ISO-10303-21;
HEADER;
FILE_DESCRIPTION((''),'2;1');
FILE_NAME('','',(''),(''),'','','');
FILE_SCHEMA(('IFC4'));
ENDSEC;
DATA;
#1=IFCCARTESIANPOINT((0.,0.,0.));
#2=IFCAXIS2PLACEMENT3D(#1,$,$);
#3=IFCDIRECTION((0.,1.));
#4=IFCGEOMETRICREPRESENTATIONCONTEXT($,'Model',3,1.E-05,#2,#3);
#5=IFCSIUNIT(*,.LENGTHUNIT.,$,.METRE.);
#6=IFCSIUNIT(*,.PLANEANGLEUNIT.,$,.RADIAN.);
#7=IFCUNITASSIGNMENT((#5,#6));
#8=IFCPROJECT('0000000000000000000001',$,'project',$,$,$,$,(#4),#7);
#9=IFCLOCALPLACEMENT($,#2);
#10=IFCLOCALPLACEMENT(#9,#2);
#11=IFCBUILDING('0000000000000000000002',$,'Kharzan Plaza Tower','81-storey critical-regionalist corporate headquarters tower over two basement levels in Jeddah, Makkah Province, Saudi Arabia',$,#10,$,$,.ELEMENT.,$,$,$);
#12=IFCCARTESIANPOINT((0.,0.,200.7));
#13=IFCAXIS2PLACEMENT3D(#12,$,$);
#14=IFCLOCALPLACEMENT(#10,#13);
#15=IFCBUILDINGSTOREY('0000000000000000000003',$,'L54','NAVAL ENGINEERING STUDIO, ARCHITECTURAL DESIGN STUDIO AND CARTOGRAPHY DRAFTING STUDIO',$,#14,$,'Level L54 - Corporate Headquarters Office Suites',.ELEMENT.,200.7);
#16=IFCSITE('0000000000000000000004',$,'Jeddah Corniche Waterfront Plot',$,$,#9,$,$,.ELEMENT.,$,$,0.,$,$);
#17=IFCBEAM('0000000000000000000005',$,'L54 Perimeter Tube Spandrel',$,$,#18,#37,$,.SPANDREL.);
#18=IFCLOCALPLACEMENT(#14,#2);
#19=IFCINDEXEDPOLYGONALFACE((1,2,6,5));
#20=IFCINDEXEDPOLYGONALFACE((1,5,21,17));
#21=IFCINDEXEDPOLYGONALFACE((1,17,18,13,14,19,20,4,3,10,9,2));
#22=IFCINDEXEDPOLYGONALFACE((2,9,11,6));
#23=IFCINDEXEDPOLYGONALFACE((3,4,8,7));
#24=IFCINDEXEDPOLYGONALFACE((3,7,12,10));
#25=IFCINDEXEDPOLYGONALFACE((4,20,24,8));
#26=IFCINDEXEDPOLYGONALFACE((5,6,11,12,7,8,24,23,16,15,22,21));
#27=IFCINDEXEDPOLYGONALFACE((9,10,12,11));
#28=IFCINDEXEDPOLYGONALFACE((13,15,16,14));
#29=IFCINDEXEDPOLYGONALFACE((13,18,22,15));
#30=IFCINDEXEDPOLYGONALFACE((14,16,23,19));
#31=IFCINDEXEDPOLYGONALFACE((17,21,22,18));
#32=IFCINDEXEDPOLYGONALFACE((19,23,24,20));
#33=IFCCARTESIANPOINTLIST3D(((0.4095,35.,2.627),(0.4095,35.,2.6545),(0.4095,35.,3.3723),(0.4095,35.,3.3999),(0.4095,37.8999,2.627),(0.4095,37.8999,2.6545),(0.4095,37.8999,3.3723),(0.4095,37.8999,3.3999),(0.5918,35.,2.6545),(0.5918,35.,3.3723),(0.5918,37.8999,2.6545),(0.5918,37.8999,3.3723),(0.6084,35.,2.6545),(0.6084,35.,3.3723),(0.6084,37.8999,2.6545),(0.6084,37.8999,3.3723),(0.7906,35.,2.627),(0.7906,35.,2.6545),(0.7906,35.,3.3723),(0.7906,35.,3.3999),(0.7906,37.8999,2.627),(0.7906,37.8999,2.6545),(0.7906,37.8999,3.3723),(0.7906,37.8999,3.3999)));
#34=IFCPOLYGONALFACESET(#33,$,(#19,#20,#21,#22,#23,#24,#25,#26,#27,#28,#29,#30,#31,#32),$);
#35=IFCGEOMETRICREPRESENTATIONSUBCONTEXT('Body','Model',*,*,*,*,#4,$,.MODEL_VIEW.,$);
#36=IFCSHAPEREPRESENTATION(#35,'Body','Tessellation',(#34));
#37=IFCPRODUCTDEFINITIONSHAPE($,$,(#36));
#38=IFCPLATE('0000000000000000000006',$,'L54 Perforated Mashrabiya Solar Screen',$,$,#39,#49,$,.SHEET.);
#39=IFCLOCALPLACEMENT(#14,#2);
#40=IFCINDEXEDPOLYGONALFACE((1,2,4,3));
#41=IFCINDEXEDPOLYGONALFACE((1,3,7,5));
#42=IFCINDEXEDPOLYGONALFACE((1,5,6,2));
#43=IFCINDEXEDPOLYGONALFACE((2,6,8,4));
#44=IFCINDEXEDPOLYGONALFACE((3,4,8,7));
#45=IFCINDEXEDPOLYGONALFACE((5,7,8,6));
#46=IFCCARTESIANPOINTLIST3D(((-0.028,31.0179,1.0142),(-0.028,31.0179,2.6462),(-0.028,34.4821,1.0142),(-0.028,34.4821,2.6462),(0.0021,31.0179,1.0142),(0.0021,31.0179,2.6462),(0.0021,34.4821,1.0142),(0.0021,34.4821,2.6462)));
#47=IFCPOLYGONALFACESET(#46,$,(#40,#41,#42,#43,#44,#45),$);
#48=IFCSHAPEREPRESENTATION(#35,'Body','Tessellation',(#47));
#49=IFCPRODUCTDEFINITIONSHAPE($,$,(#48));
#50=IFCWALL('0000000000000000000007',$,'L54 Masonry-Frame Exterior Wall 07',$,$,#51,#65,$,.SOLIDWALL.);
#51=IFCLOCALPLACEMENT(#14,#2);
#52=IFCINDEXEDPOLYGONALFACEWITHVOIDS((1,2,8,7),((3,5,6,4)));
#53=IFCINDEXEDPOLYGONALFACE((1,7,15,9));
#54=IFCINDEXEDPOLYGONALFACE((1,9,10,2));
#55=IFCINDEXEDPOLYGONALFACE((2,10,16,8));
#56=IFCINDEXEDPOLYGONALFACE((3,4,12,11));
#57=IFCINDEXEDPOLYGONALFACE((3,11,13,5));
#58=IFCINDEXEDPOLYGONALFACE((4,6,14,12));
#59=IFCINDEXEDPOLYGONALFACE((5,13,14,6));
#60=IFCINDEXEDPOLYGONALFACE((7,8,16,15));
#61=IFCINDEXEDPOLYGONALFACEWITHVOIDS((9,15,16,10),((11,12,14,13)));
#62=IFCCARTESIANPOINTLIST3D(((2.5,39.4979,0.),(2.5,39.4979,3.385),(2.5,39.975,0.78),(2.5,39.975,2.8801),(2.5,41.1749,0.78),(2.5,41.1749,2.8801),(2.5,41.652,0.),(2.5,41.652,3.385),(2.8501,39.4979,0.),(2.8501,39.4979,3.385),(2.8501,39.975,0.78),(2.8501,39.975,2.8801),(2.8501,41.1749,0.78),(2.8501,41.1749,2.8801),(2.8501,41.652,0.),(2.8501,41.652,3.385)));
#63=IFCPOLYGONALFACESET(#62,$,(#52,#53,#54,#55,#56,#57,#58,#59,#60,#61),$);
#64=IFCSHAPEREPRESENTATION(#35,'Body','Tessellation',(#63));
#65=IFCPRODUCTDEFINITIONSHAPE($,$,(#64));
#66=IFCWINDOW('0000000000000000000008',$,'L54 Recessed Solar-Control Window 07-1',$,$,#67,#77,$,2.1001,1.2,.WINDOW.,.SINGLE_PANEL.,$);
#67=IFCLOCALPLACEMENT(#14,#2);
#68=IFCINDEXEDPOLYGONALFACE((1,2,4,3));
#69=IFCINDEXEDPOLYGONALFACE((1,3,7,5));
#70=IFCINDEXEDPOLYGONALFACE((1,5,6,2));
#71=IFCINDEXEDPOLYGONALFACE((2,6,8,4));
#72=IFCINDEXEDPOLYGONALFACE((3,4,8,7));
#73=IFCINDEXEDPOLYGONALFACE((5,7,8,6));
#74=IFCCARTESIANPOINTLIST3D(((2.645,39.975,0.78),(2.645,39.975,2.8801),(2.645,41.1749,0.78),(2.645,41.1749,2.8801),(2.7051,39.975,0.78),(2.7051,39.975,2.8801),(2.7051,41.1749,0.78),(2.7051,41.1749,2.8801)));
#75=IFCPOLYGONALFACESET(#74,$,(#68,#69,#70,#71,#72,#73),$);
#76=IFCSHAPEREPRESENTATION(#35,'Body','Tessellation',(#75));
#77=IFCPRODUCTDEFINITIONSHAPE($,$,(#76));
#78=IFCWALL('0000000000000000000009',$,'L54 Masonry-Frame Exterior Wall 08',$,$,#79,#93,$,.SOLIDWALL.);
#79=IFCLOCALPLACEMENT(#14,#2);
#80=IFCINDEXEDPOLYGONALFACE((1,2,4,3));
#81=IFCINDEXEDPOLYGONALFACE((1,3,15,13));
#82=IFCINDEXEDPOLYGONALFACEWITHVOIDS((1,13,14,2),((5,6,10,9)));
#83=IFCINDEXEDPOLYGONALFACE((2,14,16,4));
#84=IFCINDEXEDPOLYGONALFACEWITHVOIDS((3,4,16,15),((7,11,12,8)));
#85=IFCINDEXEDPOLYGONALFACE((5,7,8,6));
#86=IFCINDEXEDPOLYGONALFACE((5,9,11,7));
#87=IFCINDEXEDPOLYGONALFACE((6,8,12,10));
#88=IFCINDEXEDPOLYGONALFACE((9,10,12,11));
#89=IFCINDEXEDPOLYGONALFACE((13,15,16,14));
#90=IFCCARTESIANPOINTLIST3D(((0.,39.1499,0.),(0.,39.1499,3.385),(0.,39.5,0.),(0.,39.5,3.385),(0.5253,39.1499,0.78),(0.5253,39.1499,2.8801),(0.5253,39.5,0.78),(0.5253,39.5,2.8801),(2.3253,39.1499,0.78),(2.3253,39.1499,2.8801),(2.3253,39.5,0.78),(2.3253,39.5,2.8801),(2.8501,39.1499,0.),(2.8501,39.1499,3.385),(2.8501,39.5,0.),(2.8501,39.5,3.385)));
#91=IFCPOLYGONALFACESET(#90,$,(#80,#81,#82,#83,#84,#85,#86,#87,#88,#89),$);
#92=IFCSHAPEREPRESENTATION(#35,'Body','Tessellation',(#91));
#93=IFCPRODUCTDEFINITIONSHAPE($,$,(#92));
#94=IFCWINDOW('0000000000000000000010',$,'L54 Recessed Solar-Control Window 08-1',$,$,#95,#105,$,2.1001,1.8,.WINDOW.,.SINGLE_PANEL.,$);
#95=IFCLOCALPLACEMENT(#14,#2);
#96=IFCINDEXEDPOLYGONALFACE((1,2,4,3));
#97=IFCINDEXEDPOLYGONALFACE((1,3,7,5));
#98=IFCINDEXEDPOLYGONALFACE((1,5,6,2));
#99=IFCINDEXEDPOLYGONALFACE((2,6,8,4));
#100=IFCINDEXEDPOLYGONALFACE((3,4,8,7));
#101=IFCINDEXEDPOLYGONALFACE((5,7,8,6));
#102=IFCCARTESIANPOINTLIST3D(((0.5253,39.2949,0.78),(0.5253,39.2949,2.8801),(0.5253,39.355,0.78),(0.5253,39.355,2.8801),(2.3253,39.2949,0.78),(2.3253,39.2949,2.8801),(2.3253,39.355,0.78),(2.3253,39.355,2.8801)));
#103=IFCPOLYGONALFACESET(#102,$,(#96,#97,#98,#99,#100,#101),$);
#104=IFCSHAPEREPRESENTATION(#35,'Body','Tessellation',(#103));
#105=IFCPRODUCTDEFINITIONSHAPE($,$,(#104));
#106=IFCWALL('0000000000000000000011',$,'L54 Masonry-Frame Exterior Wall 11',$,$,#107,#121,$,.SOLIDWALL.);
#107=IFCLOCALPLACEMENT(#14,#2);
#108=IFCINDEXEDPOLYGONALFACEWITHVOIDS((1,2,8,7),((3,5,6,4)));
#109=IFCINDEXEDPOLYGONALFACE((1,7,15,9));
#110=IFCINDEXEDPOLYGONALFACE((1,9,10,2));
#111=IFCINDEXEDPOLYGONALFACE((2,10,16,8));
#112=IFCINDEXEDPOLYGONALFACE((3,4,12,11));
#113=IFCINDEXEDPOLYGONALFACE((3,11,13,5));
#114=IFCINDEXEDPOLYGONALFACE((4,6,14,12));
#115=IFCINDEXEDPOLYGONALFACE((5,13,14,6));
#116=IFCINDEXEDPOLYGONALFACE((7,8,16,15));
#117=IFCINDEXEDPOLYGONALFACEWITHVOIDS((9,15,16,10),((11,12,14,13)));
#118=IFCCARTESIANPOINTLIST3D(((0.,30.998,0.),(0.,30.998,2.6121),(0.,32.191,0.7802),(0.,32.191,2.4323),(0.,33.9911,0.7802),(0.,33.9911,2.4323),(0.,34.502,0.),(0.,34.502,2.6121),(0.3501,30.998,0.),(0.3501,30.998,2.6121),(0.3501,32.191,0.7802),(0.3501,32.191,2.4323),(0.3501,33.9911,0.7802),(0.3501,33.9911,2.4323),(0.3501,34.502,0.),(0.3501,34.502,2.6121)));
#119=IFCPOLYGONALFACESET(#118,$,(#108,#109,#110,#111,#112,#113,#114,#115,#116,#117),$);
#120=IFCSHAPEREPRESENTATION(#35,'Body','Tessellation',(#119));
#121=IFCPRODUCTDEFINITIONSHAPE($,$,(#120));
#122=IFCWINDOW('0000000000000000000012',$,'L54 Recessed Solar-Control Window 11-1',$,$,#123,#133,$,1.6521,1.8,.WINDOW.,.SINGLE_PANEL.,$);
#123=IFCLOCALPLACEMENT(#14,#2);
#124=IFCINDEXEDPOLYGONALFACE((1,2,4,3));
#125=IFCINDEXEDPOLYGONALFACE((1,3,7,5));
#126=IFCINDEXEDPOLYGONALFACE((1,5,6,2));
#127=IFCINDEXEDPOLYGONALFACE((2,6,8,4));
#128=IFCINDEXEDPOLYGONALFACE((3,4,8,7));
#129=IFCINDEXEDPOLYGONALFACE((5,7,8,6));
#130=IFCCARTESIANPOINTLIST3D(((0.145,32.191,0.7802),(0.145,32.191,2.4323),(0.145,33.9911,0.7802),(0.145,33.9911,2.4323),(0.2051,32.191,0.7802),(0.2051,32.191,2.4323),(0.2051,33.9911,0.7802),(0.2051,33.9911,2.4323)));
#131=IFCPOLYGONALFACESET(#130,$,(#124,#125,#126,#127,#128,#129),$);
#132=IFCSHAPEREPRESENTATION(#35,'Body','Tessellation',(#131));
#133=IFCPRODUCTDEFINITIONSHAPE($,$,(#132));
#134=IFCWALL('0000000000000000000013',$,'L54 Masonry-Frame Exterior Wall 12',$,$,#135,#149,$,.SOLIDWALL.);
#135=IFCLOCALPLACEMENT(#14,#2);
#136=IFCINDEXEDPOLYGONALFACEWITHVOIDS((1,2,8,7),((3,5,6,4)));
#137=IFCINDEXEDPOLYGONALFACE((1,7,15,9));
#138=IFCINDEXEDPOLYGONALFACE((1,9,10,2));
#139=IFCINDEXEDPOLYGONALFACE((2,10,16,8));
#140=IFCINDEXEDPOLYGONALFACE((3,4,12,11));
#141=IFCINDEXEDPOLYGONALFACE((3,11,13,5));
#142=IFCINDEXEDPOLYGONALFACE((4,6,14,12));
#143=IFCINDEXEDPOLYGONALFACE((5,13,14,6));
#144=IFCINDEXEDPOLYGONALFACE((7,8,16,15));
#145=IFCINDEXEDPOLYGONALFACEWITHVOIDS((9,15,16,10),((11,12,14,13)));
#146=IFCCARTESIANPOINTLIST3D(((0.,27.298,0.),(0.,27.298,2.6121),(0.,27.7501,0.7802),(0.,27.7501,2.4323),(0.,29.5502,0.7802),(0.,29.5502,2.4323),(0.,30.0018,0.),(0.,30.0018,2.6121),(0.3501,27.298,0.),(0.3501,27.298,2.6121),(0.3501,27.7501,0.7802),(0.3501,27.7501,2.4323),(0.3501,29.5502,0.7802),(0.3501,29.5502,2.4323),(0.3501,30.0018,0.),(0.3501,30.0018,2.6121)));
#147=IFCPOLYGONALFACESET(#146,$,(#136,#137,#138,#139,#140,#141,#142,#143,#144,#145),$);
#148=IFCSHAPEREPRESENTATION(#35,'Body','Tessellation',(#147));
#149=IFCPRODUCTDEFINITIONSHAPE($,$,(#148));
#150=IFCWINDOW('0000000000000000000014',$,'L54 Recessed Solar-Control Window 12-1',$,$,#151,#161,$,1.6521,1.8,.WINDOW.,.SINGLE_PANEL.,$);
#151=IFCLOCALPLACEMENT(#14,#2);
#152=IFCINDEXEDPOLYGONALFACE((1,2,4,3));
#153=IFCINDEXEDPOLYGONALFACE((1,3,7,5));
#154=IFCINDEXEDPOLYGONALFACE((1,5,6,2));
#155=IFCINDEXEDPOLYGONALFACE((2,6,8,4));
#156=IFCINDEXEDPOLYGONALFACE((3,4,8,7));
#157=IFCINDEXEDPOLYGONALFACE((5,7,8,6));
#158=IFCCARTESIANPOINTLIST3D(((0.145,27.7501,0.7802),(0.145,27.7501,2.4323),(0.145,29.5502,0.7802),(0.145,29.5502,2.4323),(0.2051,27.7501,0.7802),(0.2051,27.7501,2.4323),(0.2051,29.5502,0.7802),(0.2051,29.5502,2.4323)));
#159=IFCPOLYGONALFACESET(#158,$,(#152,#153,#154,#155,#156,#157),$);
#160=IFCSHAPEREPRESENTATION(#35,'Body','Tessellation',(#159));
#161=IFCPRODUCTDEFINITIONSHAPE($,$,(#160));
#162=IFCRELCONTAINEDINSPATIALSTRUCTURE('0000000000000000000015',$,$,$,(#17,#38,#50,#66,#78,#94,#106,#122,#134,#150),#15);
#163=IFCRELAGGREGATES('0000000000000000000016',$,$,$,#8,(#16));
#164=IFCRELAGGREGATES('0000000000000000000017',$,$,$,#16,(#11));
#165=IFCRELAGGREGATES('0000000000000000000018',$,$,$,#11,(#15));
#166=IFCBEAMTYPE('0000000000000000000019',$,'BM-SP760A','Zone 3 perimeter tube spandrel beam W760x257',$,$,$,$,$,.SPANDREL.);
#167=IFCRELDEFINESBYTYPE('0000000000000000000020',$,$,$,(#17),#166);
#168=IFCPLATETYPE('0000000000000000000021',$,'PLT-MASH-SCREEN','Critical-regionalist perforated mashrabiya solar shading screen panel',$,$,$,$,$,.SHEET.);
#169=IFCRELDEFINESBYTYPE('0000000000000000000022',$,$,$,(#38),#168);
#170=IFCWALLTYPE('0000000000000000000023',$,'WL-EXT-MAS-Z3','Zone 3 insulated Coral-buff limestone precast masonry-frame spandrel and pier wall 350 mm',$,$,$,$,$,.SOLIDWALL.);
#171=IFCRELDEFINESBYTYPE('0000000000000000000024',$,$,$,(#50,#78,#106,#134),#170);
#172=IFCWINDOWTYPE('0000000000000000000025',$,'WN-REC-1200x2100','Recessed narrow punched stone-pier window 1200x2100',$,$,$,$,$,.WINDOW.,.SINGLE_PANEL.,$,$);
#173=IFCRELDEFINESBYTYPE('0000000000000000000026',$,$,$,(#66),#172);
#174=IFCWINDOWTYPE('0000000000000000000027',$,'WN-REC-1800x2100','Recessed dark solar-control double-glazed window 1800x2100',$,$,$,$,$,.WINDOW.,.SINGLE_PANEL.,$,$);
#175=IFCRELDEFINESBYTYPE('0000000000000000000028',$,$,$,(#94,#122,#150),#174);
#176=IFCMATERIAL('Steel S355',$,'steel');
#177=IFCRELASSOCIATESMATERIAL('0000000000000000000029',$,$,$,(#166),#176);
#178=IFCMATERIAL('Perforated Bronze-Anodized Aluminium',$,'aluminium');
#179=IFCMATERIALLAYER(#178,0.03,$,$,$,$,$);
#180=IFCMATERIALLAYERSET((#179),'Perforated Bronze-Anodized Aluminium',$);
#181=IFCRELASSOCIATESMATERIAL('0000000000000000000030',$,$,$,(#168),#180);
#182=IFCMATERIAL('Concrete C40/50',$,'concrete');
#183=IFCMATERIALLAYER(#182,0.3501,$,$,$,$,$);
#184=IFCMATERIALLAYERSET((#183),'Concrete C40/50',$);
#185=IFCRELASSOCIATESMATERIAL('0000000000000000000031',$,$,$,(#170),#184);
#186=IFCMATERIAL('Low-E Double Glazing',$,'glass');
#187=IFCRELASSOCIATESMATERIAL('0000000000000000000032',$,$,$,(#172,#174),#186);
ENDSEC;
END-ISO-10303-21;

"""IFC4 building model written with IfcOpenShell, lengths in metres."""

from ifc_helpers import new_model, si_unit, direction, frame, frame_2d, origin, origin_2d, place, context, subcontext, project, spatial, rectangle, i_section, extrude, source, transform, mapped, material, layer, layer_set, material_profile, profile_set, type_object, element, fill, save


model = new_model("IFC4")

# Units and contexts
model_context = context("Model", 3, precision=1e-05, world=origin(), true_north=direction((0.0, 1.0)))
body_context = subcontext(model_context, "Body", "Model", "MODEL_VIEW")
ifc_project = project(units=[si_unit("LENGTHUNIT", "METRE"), si_unit("PLANEANGLEUNIT", "RADIAN")], contexts=[model_context])

# Site, building, storey
site_placement = place(None, origin())
site = spatial("IfcSite", under=ifc_project, at=site_placement, Name="Jeddah Corniche Waterfront Plot", CompositionType="ELEMENT", RefElevation=0.0)
building_placement = place(site_placement, origin())
building = spatial("IfcBuilding", under=site, at=building_placement, Name="Kharzan Plaza Tower", Description="81-storey critical-regionalist corporate headquarters tower over two basement levels in Jeddah, Makkah Province, Saudi Arabia", CompositionType="ELEMENT")
storey_placement = place(building_placement, frame((0.0, 0.0, 200.7)))
storey = spatial("IfcBuildingStorey", under=building, at=storey_placement, Name="L54", Description="NAVAL ENGINEERING STUDIO, ARCHITECTURAL DESIGN STUDIO AND CARTOGRAPHY DRAFTING STUDIO", LongName="Level L54 - Corporate Headquarters Office Suites", CompositionType="ELEMENT", Elevation=200.7)

# Beam
ifc_material_1 = material(Name="Steel S355", Category="steel")
ifc_material_profile_1 = material_profile(ifc_material_1, i_section(OverallWidth=0.3811, OverallDepth=0.7729, WebThickness=0.0166, FlangeThickness=0.0276, at=origin_2d()), Name="W760x257")
ifc_profile_set_1 = profile_set([ifc_material_profile_1], Name="Steel S355")
beam_type_1 = type_object("IfcBeamType", Name="BM-SP760A", Description="Zone 3 perimeter tube spandrel beam W760x257", PredefinedType="SPANDREL", material=ifc_profile_set_1)
shared_shape_1 = source(origin(), body_context, "Body", "SweptSolid", [
    extrude(i_section(OverallWidth=0.3811, OverallDepth=0.7729, WebThickness=0.0166, FlangeThickness=0.0276, at=origin_2d()), origin(), (0.0, 0.0, 1.0), 2.8999),
])
beam_1_placement = place(storey_placement, frame((0.6001, 35.0, 3.0134), z_axis=(0.0, 1.0, 0.0), x_axis=(-1.0, 0.0, 0.0)))
element("IfcBeam", 1, at=beam_1_placement, inside=storey, type_object=beam_type_1, Name="L54 Perimeter Tube Spandrel", PredefinedType="SPANDREL", context=body_context, shape_type="MappedRepresentation", body=[
    mapped(shared_shape_1, transform((0.0, 0.0, 0.0), x_axis=(1.0, 0.0, 0.0), y_axis=(0.0, 1.0, 0.0), z_axis=(0.0, 0.0, 1.0))),
])

# Plate
ifc_material_2 = material(Name="Perforated Bronze-Anodized Aluminium", Category="aluminium")
ifc_layer_1 = layer(ifc_material_2, 0.03)
ifc_layer_set_1 = layer_set([ifc_layer_1], Name="Perforated Bronze-Anodized Aluminium")
plate_type = type_object("IfcPlateType", Name="PLT-MASH-SCREEN", Description="Critical-regionalist perforated mashrabiya solar shading screen panel", PredefinedType="SHEET", material=ifc_layer_set_1)
shared_shape_2 = source(origin(), body_context, "Body", "SweptSolid", [
    extrude(rectangle(XDim=3.4641, YDim=0.03, at=origin_2d()), origin(), (0.0, 0.0, 1.0), 1.6321),
])
plate_placement = place(storey_placement, frame((-0.0129, 32.75, 1.0142), z_axis=(0.0, 0.0, 1.0), x_axis=(0.0, -1.0, 0.0)))
element("IfcPlate", 2, at=plate_placement, inside=storey, type_object=plate_type, Name="L54 Perforated Mashrabiya Solar Screen", PredefinedType="SHEET", context=body_context, shape_type="MappedRepresentation", body=[
    mapped(shared_shape_2, transform((0.0, 0.0, 0.0), x_axis=(1.0, 0.0, 0.0), y_axis=(0.0, 1.0, 0.0), z_axis=(0.0, 0.0, 1.0))),
])

# Walls, openings, windows
ifc_material_3 = material(Name="Concrete C40/50", Category="concrete")
ifc_layer_2 = layer(ifc_material_3, 0.3501)
ifc_layer_set_2 = layer_set([ifc_layer_2], Name="Concrete C40/50")
wall_type_1 = type_object("IfcWallType", Name="WL-EXT-MAS-Z3", Description="Zone 3 insulated Coral-buff limestone precast masonry-frame spandrel and pier wall 350 mm", PredefinedType="SOLIDWALL", material=ifc_layer_set_2)
wall_1_placement = place(storey_placement, frame((2.675, 41.6521, 0.0), z_axis=(0.0, 0.0, 1.0), x_axis=(0.0, -1.0, 0.0)))
wall_1 = element("IfcWall", 3, at=wall_1_placement, inside=storey, type_object=wall_type_1, Name="L54 Masonry-Frame Exterior Wall 07", PredefinedType="SOLIDWALL", context=body_context, shape_type="SweptSolid", body=[
    extrude(rectangle(XDim=2.1541, YDim=0.3501, at=frame_2d((1.0771, 0.0))), origin(), (0.0, 0.0, 1.0), 3.385),
])
opening_1_placement = place(wall_1_placement, frame((0.4771, 0.0, 0.78)))
opening_1 = element("IfcOpeningElement", 4, at=opening_1_placement, cuts=wall_1, PredefinedType="OPENING", context=body_context, shape_type="SweptSolid", body=[
    extrude(rectangle(XDim=1.2, YDim=2.1001, at=frame_2d((0.6001, 1.05))), frame((0.0, 0.1851, 0.0), z_axis=(0.0, -1.0, 0.0), x_axis=(1.0, 0.0, 0.0)), (0.0, 0.0, 1.0), 0.3701),
])
ifc_material_4 = material(Name="Low-E Double Glazing", Category="glass")
window_type_1 = type_object("IfcWindowType", Name="WN-REC-1200x2100", Description="Recessed narrow punched stone-pier window 1200x2100", PartitioningType="SINGLE_PANEL", PredefinedType="WINDOW", material=ifc_material_4)
shared_shape_3 = source(origin(), body_context, "Body", "SweptSolid", [
    extrude(rectangle(XDim=1.2, YDim=2.1001, at=frame_2d((0.6001, 1.05))), frame((0.0, 0.03, 0.0), z_axis=(0.0, -1.0, 0.0), x_axis=(1.0, 0.0, 0.0)), (0.0, 0.0, 1.0), 0.0601),
])
window_1_placement = place(opening_1_placement, origin())
window_1 = element("IfcWindow", 5, at=window_1_placement, inside=storey, type_object=window_type_1, Name="L54 Recessed Solar-Control Window 07-1", OverallHeight=2.1001, OverallWidth=1.2, PartitioningType="SINGLE_PANEL", PredefinedType="WINDOW", context=body_context, shape_type="MappedRepresentation", body=[
    mapped(shared_shape_3, transform((0.0, 0.0, 0.0), x_axis=(1.0, 0.0, 0.0), y_axis=(0.0, 1.0, 0.0), z_axis=(0.0, 0.0, 1.0))),
])
fill(opening_1, window_1)
wall_2_placement = place(storey_placement, frame((2.8501, 39.325, 0.0), z_axis=(0.0, 0.0, 1.0), x_axis=(-1.0, 0.0, 0.0)))
wall_2 = element("IfcWall", 6, at=wall_2_placement, inside=storey, type_object=wall_type_1, Name="L54 Masonry-Frame Exterior Wall 08", PredefinedType="SOLIDWALL", context=body_context, shape_type="SweptSolid", body=[
    extrude(rectangle(XDim=2.8501, YDim=0.3501, at=frame_2d((1.425, 0.0))), origin(), (0.0, 0.0, 1.0), 3.385),
])
opening_2_placement = place(wall_2_placement, frame((0.5249, 0.0, 0.78)))
opening_2 = element("IfcOpeningElement", 7, at=opening_2_placement, cuts=wall_2, PredefinedType="OPENING", context=body_context, shape_type="SweptSolid", body=[
    extrude(rectangle(XDim=1.8, YDim=2.1001, at=frame_2d((0.8999, 1.05))), frame((0.0, 0.1851, 0.0), z_axis=(0.0, -1.0, 0.0), x_axis=(1.0, 0.0, 0.0)), (0.0, 0.0, 1.0), 0.3701),
])
window_type_2 = type_object("IfcWindowType", Name="WN-REC-1800x2100", Description="Recessed dark solar-control double-glazed window 1800x2100", PartitioningType="SINGLE_PANEL", PredefinedType="WINDOW", material=ifc_material_4)
shared_shape_4 = source(origin(), body_context, "Body", "SweptSolid", [
    extrude(rectangle(XDim=1.8, YDim=2.1001, at=frame_2d((0.8999, 1.05))), frame((0.0, 0.03, 0.0), z_axis=(0.0, -1.0, 0.0), x_axis=(1.0, 0.0, 0.0)), (0.0, 0.0, 1.0), 0.0601),
])
window_2_placement = place(opening_2_placement, origin())
window_2 = element("IfcWindow", 8, at=window_2_placement, inside=storey, type_object=window_type_2, Name="L54 Recessed Solar-Control Window 08-1", OverallHeight=2.1001, OverallWidth=1.8, PartitioningType="SINGLE_PANEL", PredefinedType="WINDOW", context=body_context, shape_type="MappedRepresentation", body=[
    mapped(shared_shape_4, transform((0.0, 0.0, 0.0), x_axis=(1.0, 0.0, 0.0), y_axis=(0.0, 1.0, 0.0), z_axis=(0.0, 0.0, 1.0))),
])
fill(opening_2, window_2)
wall_3_placement = place(storey_placement, frame((0.175, 34.502, 0.0), z_axis=(0.0, 0.0, 1.0), x_axis=(0.0, -1.0, 0.0)))
wall_3 = element("IfcWall", 9, at=wall_3_placement, inside=storey, type_object=wall_type_1, Name="L54 Masonry-Frame Exterior Wall 11", PredefinedType="SOLIDWALL", context=body_context, shape_type="SweptSolid", body=[
    extrude(rectangle(XDim=3.5039, YDim=0.3501, at=frame_2d((1.752, 0.0))), origin(), (0.0, 0.0, 1.0), 2.6121),
])
opening_3_placement = place(wall_3_placement, frame((0.511, 0.0, 0.78)))
opening_3 = element("IfcOpeningElement", 10, at=opening_3_placement, cuts=wall_3, PredefinedType="OPENING", context=body_context, shape_type="SweptSolid", body=[
    extrude(rectangle(XDim=1.8, YDim=1.6521, at=frame_2d((0.8999, 0.8262))), frame((0.0, 0.1851, 0.0), z_axis=(0.0, -1.0, 0.0), x_axis=(1.0, 0.0, 0.0)), (0.0, 0.0, 1.0), 0.3701),
])
shared_shape_5 = source(origin(), body_context, "Body", "SweptSolid", [
    extrude(rectangle(XDim=1.8, YDim=1.6521, at=frame_2d((0.8999, 0.8262))), frame((0.0, 0.03, 0.0), z_axis=(0.0, -1.0, 0.0), x_axis=(1.0, 0.0, 0.0)), (0.0, 0.0, 1.0), 0.0601),
])
window_3_placement = place(opening_3_placement, origin())
window_3 = element("IfcWindow", 11, at=window_3_placement, inside=storey, type_object=window_type_2, Name="L54 Recessed Solar-Control Window 11-1", OverallHeight=1.6521, OverallWidth=1.8, PartitioningType="SINGLE_PANEL", PredefinedType="WINDOW", context=body_context, shape_type="MappedRepresentation", body=[
    mapped(shared_shape_5, transform((0.0, 0.0, 0.0), x_axis=(1.0, 0.0, 0.0), y_axis=(0.0, 1.0, 0.0), z_axis=(0.0, 0.0, 1.0))),
])
fill(opening_3, window_3)
wall_4_placement = place(storey_placement, frame((0.175, 30.002, 0.0), z_axis=(0.0, 0.0, 1.0), x_axis=(0.0, -1.0, 0.0)))
wall_4 = element("IfcWall", 12, at=wall_4_placement, inside=storey, type_object=wall_type_1, Name="L54 Masonry-Frame Exterior Wall 12", PredefinedType="SOLIDWALL", context=body_context, shape_type="SweptSolid", body=[
    extrude(rectangle(XDim=2.7039, YDim=0.3501, at=frame_2d((1.3521, 0.0))), origin(), (0.0, 0.0, 1.0), 2.6121),
])
opening_4_placement = place(wall_4_placement, frame((0.4519, 0.0, 0.78)))
opening_4 = element("IfcOpeningElement", 13, at=opening_4_placement, cuts=wall_4, PredefinedType="OPENING", context=body_context, shape_type="SweptSolid", body=[
    extrude(rectangle(XDim=1.8, YDim=1.6521, at=frame_2d((0.8999, 0.8262))), frame((0.0, 0.1851, 0.0), z_axis=(0.0, -1.0, 0.0), x_axis=(1.0, 0.0, 0.0)), (0.0, 0.0, 1.0), 0.3701),
])
window_4_placement = place(opening_4_placement, origin())
window_4 = element("IfcWindow", 14, at=window_4_placement, inside=storey, type_object=window_type_2, Name="L54 Recessed Solar-Control Window 12-1", OverallHeight=1.6521, OverallWidth=1.8, PartitioningType="SINGLE_PANEL", PredefinedType="WINDOW", context=body_context, shape_type="MappedRepresentation", body=[
    mapped(shared_shape_5, transform((0.0, 0.0, 0.0), x_axis=(1.0, 0.0, 0.0), y_axis=(0.0, 1.0, 0.0), z_axis=(0.0, 0.0, 1.0))),
])
fill(opening_4, window_4)

save(model, "model.ifc")
